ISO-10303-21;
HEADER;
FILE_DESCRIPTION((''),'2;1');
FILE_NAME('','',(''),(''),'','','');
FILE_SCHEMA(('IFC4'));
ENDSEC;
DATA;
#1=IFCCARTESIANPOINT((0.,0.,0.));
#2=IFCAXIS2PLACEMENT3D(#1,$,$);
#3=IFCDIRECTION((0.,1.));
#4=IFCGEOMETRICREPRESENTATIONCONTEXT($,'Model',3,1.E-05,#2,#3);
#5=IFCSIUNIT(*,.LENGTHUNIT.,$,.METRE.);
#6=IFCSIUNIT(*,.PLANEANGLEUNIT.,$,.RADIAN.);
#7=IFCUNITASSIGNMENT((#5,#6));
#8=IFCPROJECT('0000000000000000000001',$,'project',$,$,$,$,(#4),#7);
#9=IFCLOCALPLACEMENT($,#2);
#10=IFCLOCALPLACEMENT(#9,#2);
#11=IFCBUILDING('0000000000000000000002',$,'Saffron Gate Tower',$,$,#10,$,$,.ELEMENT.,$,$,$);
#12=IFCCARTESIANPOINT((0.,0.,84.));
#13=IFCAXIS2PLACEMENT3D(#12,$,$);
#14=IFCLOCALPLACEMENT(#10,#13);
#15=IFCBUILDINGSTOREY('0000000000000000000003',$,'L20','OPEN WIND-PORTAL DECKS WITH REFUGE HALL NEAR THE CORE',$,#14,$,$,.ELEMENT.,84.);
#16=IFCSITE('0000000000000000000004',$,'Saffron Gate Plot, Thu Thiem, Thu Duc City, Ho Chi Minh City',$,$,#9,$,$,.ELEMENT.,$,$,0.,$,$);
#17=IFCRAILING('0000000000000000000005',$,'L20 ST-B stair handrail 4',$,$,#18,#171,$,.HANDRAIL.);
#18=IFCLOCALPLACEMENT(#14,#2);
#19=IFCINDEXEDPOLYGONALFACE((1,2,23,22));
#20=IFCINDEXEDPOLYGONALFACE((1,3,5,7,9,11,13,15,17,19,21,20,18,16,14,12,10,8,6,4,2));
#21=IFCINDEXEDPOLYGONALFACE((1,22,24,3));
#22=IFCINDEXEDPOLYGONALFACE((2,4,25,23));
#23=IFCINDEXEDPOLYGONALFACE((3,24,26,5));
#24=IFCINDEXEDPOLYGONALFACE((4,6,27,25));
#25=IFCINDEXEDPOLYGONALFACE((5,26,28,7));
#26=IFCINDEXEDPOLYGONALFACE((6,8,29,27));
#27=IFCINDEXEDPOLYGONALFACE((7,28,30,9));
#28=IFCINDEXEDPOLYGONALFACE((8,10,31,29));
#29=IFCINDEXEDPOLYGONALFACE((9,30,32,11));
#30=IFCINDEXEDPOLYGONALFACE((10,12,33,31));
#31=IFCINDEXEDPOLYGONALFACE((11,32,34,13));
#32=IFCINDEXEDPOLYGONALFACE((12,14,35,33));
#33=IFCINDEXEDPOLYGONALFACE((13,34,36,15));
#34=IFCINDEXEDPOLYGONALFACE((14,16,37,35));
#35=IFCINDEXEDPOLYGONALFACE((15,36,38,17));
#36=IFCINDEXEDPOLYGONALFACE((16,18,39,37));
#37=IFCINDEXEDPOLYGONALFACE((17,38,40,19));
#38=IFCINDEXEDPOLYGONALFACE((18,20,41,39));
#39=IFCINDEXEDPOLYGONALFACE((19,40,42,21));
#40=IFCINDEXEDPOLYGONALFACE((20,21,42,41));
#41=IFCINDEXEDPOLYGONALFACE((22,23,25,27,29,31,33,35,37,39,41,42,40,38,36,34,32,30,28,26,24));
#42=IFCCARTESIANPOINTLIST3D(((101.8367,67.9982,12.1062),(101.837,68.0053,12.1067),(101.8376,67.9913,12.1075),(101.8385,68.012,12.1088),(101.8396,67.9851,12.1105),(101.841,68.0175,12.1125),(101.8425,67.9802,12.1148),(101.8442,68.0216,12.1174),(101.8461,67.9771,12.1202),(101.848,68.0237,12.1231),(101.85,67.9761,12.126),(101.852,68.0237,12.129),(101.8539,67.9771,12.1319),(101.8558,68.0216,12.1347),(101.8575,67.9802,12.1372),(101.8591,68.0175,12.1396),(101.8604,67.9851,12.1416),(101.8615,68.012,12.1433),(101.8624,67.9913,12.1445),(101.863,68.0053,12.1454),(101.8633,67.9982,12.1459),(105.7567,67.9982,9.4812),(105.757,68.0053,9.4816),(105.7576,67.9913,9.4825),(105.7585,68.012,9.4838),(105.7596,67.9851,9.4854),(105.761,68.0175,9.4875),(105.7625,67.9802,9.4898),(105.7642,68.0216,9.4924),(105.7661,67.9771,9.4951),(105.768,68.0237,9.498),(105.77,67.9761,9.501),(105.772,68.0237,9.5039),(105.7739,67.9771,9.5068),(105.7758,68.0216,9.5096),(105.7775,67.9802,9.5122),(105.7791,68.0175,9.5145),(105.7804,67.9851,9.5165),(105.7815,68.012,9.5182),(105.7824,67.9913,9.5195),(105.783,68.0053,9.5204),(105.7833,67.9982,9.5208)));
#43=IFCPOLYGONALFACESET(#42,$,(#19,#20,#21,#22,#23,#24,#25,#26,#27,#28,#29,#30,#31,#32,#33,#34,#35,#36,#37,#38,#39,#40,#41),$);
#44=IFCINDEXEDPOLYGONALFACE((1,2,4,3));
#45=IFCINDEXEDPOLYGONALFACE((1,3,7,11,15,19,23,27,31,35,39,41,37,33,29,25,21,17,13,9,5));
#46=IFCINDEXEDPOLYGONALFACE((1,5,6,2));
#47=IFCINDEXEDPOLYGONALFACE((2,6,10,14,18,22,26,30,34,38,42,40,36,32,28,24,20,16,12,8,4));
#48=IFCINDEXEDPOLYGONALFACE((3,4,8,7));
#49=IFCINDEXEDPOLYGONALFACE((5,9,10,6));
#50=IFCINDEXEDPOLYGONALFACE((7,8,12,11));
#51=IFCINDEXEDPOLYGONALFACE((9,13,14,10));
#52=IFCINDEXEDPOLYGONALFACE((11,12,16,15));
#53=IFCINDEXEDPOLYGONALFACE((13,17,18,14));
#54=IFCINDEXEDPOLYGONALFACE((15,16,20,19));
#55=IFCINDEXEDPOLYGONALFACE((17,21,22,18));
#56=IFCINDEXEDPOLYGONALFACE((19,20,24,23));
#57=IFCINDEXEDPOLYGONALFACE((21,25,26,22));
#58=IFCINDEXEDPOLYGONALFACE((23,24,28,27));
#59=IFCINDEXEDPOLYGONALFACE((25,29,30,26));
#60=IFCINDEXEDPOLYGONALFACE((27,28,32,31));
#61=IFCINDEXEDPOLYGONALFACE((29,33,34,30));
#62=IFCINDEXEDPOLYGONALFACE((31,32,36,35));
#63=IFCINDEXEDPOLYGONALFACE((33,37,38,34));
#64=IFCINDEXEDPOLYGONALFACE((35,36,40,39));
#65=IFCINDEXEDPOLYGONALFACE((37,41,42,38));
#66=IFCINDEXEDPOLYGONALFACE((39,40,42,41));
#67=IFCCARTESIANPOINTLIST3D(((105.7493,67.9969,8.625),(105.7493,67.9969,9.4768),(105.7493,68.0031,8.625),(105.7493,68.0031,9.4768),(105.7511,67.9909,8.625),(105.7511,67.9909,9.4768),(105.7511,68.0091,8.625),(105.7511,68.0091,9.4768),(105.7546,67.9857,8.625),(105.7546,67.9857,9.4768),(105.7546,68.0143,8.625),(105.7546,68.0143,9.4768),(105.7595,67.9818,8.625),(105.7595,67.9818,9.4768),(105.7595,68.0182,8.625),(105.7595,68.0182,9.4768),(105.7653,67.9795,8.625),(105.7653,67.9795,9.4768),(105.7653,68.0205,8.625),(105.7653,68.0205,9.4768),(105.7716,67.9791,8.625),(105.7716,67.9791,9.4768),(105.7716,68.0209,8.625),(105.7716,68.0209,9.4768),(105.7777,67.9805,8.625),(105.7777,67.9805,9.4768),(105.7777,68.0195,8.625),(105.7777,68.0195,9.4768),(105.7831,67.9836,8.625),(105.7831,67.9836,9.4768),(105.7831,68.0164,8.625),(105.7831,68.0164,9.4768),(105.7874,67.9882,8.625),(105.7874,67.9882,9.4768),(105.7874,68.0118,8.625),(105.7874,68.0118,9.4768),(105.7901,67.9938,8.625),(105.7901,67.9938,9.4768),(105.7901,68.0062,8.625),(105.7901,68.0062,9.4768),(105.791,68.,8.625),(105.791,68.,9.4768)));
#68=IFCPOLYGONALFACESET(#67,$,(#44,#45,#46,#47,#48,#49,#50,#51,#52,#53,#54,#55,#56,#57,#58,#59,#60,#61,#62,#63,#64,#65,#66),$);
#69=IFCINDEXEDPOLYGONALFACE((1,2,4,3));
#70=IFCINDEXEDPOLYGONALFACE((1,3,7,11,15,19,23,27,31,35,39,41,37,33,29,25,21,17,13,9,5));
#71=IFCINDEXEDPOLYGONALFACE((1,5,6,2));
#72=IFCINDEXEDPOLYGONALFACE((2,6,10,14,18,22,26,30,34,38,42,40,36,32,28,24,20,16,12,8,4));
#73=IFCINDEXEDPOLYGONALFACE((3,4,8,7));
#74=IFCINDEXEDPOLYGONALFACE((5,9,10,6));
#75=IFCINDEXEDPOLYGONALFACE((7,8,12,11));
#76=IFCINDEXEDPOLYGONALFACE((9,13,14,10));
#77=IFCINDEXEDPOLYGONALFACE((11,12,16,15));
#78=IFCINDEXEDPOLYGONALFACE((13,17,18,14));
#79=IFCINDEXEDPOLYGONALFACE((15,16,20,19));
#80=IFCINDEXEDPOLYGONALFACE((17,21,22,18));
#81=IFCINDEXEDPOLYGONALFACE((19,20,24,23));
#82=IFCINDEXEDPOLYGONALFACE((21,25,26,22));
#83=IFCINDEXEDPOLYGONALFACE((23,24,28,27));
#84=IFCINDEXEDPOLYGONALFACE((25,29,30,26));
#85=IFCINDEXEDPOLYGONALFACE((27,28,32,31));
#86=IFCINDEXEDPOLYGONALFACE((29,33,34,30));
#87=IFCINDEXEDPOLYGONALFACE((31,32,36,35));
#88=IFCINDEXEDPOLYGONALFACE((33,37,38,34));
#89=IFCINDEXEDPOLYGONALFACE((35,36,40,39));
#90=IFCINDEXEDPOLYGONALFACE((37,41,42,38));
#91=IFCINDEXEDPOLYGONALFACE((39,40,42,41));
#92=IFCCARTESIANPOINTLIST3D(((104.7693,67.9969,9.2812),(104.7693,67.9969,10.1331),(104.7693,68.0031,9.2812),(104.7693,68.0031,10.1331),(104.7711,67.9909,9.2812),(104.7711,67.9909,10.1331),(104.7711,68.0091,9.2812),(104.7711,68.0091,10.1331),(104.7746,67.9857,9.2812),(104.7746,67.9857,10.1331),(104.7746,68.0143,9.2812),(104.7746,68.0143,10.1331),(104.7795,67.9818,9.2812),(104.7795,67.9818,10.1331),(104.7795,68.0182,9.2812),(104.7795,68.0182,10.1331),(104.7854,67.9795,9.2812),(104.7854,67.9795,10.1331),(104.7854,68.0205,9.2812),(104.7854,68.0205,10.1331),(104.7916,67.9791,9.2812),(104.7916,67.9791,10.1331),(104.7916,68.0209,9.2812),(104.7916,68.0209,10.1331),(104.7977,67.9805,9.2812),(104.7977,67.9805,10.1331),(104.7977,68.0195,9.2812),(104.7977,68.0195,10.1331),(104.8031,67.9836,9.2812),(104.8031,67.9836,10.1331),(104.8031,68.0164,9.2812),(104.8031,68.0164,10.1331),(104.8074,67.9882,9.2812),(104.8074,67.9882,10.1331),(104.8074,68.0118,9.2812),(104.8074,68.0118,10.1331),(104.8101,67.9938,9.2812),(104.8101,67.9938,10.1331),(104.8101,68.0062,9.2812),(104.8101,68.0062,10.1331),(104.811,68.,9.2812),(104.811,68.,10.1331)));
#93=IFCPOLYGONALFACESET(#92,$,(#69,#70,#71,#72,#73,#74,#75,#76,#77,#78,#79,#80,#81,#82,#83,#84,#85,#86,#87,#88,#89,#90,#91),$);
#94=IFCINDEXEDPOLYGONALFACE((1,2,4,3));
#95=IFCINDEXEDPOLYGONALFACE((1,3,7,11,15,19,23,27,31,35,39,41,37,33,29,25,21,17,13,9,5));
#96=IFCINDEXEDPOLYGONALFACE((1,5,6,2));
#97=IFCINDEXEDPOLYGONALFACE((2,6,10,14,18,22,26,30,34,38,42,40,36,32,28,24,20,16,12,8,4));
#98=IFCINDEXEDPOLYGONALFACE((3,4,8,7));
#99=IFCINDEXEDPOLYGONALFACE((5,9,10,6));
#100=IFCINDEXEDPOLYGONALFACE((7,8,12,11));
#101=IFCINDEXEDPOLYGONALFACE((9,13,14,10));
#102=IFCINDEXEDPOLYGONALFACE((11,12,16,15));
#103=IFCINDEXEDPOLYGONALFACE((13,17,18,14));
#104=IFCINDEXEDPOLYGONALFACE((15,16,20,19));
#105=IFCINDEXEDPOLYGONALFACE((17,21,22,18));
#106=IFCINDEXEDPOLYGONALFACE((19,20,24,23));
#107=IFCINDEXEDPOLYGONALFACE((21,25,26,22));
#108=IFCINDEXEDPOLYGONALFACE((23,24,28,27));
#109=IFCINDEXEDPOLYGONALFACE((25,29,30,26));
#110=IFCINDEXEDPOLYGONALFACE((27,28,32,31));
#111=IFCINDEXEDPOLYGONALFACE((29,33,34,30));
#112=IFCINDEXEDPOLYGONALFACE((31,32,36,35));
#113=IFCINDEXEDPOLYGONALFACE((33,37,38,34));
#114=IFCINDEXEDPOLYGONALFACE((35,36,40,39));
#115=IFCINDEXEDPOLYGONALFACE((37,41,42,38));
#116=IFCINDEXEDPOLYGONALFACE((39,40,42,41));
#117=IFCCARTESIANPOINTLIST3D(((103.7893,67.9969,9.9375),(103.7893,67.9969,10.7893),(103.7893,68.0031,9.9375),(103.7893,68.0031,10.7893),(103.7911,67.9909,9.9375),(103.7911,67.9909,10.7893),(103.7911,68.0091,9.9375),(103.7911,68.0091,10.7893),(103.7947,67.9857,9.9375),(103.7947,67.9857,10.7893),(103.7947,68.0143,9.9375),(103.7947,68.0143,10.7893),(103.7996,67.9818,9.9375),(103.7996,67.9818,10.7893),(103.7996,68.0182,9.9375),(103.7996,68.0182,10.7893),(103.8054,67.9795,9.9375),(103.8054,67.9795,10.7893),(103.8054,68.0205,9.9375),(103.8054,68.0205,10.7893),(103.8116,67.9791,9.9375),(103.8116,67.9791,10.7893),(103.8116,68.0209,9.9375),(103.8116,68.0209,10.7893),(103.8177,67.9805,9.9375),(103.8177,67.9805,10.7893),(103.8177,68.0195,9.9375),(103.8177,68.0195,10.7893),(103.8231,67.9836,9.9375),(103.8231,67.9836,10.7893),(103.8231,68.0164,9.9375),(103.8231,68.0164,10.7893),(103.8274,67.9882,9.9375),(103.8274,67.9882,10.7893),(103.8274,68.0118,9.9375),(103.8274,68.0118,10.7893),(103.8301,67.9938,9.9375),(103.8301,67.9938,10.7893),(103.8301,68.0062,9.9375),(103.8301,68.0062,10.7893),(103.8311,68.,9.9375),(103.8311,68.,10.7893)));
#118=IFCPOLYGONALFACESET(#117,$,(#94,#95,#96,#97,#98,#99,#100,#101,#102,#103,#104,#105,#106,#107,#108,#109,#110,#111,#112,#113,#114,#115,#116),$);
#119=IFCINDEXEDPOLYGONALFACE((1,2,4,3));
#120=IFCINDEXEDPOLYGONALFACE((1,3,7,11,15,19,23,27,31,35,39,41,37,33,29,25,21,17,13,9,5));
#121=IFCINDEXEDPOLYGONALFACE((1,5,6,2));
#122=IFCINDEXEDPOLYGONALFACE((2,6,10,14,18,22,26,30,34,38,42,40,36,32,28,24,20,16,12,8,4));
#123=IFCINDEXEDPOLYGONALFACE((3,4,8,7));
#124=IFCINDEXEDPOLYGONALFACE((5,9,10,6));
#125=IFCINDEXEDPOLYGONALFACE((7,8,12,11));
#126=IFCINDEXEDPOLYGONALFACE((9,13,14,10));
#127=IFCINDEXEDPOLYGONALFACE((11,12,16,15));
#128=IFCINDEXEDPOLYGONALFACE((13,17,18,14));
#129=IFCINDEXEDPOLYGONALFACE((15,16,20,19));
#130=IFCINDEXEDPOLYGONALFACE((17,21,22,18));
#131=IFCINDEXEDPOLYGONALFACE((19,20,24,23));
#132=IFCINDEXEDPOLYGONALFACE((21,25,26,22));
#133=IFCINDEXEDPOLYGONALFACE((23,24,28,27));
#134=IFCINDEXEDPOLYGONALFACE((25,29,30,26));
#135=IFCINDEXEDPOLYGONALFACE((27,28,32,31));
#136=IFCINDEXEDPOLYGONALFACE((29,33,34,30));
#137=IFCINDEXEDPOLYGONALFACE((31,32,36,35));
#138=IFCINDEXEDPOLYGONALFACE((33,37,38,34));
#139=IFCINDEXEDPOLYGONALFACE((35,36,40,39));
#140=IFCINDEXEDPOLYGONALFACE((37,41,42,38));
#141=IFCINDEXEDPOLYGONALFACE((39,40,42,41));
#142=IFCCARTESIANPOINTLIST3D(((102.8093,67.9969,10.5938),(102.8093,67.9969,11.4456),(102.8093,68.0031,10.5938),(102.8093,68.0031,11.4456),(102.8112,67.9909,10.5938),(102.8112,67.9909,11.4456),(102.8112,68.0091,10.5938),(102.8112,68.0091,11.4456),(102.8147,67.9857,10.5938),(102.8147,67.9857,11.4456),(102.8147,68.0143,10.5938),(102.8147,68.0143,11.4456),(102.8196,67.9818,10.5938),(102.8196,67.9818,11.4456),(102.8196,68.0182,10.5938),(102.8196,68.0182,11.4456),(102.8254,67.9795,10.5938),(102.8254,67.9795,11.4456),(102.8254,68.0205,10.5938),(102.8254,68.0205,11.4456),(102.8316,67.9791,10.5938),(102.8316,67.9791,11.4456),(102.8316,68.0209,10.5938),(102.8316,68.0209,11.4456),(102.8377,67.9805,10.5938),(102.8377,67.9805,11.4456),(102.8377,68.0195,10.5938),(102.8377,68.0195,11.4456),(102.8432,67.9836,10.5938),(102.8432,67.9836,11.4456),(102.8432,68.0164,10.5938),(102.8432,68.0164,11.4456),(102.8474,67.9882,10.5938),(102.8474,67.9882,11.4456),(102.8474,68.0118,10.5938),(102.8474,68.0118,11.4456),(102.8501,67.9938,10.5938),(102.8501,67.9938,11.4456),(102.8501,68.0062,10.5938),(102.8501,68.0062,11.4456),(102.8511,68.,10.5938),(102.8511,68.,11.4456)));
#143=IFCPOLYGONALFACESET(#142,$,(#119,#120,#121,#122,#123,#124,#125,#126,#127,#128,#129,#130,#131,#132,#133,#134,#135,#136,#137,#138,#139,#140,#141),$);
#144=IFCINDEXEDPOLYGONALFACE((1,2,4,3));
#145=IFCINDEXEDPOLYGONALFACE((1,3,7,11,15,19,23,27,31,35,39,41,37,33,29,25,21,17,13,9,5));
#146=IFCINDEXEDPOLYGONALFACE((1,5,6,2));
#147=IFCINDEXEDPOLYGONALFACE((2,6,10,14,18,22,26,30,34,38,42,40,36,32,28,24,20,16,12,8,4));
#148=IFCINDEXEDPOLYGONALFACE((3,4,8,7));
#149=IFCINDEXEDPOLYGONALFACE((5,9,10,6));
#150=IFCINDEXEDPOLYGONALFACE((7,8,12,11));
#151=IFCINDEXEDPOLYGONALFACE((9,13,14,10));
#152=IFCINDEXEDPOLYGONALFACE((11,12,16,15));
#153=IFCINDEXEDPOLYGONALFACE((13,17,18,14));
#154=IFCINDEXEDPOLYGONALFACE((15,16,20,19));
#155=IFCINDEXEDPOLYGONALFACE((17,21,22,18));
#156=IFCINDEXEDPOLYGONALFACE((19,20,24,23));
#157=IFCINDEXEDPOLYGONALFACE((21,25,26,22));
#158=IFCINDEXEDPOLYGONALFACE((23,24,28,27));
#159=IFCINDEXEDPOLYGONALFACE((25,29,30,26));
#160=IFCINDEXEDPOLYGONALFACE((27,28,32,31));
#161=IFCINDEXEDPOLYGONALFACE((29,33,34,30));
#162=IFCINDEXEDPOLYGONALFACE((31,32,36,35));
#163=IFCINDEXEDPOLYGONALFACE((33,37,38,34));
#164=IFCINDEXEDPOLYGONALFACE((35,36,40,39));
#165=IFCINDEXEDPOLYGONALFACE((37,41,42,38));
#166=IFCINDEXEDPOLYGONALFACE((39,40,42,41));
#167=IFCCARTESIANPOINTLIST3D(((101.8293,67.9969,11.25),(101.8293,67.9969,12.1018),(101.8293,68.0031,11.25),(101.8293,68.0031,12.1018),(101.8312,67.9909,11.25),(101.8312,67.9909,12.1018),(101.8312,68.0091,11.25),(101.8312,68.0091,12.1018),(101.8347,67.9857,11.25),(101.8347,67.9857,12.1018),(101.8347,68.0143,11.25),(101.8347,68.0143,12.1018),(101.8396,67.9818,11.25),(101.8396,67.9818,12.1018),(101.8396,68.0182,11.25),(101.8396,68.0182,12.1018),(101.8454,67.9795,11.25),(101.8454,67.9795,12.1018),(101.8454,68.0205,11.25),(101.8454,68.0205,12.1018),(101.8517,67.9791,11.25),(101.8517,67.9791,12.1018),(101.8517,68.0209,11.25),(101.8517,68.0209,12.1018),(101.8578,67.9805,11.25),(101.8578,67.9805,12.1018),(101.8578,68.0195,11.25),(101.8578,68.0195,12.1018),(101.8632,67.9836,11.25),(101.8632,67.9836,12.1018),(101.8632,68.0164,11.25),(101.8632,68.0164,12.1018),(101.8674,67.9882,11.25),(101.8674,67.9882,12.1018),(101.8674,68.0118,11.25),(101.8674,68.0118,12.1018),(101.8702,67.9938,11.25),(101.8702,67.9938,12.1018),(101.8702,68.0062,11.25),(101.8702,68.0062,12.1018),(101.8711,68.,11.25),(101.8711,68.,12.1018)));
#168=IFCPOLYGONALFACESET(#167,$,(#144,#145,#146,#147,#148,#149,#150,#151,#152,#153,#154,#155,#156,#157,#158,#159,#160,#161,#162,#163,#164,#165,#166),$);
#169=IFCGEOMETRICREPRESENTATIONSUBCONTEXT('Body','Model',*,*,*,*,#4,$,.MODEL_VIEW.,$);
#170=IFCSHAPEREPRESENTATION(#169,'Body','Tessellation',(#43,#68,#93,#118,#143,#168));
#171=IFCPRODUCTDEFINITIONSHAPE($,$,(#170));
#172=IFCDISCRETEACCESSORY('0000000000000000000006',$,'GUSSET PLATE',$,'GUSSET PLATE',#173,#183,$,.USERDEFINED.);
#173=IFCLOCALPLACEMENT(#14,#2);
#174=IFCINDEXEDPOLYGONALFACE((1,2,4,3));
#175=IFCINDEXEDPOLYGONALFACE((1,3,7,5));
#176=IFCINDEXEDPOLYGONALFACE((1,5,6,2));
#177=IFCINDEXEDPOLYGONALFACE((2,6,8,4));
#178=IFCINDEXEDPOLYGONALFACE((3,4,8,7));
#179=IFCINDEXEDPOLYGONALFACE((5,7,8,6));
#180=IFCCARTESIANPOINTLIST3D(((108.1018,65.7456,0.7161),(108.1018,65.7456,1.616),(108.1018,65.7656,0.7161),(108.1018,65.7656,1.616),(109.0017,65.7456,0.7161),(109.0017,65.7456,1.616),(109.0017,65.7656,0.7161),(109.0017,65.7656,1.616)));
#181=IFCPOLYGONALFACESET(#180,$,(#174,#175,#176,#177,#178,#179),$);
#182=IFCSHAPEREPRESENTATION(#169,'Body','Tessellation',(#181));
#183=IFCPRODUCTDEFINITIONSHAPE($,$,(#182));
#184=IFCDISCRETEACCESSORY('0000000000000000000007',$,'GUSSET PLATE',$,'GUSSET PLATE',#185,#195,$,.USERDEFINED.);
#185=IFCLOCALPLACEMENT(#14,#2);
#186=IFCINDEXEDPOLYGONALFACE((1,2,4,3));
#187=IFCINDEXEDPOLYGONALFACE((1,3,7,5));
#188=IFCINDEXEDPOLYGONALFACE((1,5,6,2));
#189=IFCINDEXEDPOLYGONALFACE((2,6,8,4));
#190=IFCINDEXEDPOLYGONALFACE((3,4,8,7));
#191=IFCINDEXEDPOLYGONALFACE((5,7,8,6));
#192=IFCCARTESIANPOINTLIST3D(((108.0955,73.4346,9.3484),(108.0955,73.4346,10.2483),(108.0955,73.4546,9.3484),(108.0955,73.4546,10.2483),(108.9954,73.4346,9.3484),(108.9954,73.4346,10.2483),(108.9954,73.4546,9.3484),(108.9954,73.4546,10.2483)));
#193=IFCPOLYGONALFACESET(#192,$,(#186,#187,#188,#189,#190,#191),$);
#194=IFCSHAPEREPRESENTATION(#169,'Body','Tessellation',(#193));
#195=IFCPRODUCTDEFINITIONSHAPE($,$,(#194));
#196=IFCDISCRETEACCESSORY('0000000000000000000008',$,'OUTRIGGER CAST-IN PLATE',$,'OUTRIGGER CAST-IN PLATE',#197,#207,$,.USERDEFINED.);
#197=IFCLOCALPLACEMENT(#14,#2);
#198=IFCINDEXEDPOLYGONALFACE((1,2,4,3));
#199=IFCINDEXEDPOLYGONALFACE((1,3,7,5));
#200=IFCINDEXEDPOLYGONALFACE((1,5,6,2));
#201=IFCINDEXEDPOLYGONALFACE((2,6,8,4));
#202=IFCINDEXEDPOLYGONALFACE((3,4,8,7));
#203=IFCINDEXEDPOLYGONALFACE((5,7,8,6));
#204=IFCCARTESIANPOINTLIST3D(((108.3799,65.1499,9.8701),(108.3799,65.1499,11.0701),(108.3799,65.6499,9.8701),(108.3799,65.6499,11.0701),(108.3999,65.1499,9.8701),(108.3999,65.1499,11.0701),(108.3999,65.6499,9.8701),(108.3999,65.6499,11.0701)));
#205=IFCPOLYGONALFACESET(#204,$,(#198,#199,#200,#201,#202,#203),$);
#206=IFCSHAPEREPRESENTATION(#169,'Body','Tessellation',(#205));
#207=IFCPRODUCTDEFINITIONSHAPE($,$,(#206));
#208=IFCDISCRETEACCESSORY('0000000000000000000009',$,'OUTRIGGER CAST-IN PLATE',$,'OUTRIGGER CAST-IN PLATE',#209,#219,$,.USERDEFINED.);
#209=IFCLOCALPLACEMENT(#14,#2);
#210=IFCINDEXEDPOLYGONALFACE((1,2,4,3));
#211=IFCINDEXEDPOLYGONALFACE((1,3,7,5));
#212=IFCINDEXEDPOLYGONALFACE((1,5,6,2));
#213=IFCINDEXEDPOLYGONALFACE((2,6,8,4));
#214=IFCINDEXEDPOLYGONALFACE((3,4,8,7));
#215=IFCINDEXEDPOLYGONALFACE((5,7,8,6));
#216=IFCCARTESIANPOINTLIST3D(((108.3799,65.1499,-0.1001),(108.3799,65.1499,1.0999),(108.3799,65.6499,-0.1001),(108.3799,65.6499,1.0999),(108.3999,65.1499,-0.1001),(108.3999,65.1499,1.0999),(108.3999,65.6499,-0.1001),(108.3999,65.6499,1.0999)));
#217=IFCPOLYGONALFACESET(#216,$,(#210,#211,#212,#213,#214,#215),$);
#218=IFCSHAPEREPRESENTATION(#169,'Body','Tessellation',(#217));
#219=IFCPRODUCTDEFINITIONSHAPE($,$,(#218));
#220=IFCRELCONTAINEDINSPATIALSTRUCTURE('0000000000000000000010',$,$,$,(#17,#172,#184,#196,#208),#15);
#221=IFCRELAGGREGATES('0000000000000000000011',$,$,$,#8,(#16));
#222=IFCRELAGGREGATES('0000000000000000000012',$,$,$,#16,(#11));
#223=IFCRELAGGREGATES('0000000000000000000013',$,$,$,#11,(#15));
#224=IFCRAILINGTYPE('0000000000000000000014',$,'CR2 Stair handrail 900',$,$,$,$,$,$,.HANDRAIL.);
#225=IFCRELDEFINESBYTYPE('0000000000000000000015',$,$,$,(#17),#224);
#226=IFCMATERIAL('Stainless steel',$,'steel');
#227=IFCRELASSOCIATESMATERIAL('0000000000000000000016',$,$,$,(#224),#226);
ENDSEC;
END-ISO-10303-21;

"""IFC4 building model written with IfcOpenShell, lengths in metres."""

from ifc_helpers import new_model, si_unit, direction, frame, origin, origin_2d, place, context, subcontext, project, spatial, rectangle, circle, extrude, material, type_object, element, save


model = new_model("IFC4")

# Units and contexts
model_context = context("Model", 3, precision=1e-05, world=origin(), true_north=direction((0.0, 1.0)))
body_context = subcontext(model_context, "Body", "Model", "MODEL_VIEW")
ifc_project = project(units=[si_unit("LENGTHUNIT", "METRE"), si_unit("PLANEANGLEUNIT", "RADIAN")], contexts=[model_context])

# Site, building, storey
site_placement = place(None, origin())
site = spatial("IfcSite", under=ifc_project, at=site_placement, Name="Saffron Gate Plot, Thu Thiem, Thu Duc City, Ho Chi Minh City", CompositionType="ELEMENT", RefElevation=0.0)
building_placement = place(site_placement, origin())
building = spatial("IfcBuilding", under=site, at=building_placement, Name="Saffron Gate Tower", CompositionType="ELEMENT")
storey_placement = place(building_placement, frame((0.0, 0.0, 84.0)))
storey = spatial("IfcBuildingStorey", under=building, at=storey_placement, Name="L20", Description="OPEN WIND-PORTAL DECKS WITH REFUGE HALL NEAR THE CORE", CompositionType="ELEMENT", Elevation=84.0)

# Railing
ifc_material_1 = material(Name="Stainless steel", Category="steel")
railing_type_1 = type_object("IfcRailingType", Name="CR2 Stair handrail 900", PredefinedType="HANDRAIL", material=ifc_material_1)
railing_1_placement = place(storey_placement, frame((105.77, 68.0, 8.625)))
element("IfcRailing", 1, at=railing_1_placement, inside=storey, type_object=railing_type_1, Name="L20 ST-B stair handrail 4", PredefinedType="HANDRAIL", context=body_context, shape_type="SweptSolid", body=[
    extrude(circle(Radius=0.0239, at=origin_2d()), frame((0.0, 0.0, 0.876), z_axis=(-0.830902, 0.0, 0.556419), x_axis=(0.0, -1.0, 0.0)), (0.0, 0.0, 1.0), 4.7178),
    extrude(circle(Radius=0.021, at=origin_2d()), origin(), (0.0, 0.0, 1.0), 0.8518),
    extrude(circle(Radius=0.021, at=origin_2d()), frame((-0.98, 0.0, 0.6562)), (0.0, 0.0, 1.0), 0.8518),
    extrude(circle(Radius=0.021, at=origin_2d()), frame((-1.96, 0.0, 1.3125)), (0.0, 0.0, 1.0), 0.8518),
    extrude(circle(Radius=0.021, at=origin_2d()), frame((-2.9399, 0.0, 1.9688)), (0.0, 0.0, 1.0), 0.8518),
    extrude(circle(Radius=0.021, at=origin_2d()), frame((-3.9199, 0.0, 2.625)), (0.0, 0.0, 1.0), 0.8518),
])

# Discrete accessories
for number, where, z_axis, x_axis, name in (
    (2, (108.5518, 65.7556, 0.7161), (0.0, 0.0, 1.0), (1.0, 0.0, 0.0), "GUSSET PLATE"),
    (3, (108.5454, 73.4446, 9.3484), (0.0, 0.0, 1.0), (-1.0, 0.0, 0.0), "GUSSET PLATE"),
):
    element("IfcDiscreteAccessory", number, at=place(storey_placement, frame(where, z_axis=z_axis, x_axis=x_axis)), inside=storey, Name=name, ObjectType="GUSSET PLATE", PredefinedType="USERDEFINED", context=body_context, shape_type="SweptSolid", body=[
        extrude(rectangle(XDim=0.8999, YDim=0.02, at=origin_2d()), origin(), (0.0, 0.0, 1.0), 0.8999),
    ])
for number, where, z_axis, x_axis, name in (
    (4, (108.3899, 65.3999, 9.8701), (0.0, 0.0, 1.0), (-1.0, 0.0, 0.0), "OUTRIGGER CAST-IN PLATE"),
    (5, (108.3899, 65.3999, -0.1001), (0.0, 0.0, 1.0), (-1.0, 0.0, 0.0), "OUTRIGGER CAST-IN PLATE"),
):
    element("IfcDiscreteAccessory", number, at=place(storey_placement, frame(where, z_axis=z_axis, x_axis=x_axis)), inside=storey, Name=name, ObjectType="OUTRIGGER CAST-IN PLATE", PredefinedType="USERDEFINED", context=body_context, shape_type="SweptSolid", body=[
        extrude(rectangle(XDim=0.02, YDim=0.5, at=origin_2d()), origin(), (0.0, 0.0, 1.0), 1.2),
    ])

save(model, "model.ifc")
